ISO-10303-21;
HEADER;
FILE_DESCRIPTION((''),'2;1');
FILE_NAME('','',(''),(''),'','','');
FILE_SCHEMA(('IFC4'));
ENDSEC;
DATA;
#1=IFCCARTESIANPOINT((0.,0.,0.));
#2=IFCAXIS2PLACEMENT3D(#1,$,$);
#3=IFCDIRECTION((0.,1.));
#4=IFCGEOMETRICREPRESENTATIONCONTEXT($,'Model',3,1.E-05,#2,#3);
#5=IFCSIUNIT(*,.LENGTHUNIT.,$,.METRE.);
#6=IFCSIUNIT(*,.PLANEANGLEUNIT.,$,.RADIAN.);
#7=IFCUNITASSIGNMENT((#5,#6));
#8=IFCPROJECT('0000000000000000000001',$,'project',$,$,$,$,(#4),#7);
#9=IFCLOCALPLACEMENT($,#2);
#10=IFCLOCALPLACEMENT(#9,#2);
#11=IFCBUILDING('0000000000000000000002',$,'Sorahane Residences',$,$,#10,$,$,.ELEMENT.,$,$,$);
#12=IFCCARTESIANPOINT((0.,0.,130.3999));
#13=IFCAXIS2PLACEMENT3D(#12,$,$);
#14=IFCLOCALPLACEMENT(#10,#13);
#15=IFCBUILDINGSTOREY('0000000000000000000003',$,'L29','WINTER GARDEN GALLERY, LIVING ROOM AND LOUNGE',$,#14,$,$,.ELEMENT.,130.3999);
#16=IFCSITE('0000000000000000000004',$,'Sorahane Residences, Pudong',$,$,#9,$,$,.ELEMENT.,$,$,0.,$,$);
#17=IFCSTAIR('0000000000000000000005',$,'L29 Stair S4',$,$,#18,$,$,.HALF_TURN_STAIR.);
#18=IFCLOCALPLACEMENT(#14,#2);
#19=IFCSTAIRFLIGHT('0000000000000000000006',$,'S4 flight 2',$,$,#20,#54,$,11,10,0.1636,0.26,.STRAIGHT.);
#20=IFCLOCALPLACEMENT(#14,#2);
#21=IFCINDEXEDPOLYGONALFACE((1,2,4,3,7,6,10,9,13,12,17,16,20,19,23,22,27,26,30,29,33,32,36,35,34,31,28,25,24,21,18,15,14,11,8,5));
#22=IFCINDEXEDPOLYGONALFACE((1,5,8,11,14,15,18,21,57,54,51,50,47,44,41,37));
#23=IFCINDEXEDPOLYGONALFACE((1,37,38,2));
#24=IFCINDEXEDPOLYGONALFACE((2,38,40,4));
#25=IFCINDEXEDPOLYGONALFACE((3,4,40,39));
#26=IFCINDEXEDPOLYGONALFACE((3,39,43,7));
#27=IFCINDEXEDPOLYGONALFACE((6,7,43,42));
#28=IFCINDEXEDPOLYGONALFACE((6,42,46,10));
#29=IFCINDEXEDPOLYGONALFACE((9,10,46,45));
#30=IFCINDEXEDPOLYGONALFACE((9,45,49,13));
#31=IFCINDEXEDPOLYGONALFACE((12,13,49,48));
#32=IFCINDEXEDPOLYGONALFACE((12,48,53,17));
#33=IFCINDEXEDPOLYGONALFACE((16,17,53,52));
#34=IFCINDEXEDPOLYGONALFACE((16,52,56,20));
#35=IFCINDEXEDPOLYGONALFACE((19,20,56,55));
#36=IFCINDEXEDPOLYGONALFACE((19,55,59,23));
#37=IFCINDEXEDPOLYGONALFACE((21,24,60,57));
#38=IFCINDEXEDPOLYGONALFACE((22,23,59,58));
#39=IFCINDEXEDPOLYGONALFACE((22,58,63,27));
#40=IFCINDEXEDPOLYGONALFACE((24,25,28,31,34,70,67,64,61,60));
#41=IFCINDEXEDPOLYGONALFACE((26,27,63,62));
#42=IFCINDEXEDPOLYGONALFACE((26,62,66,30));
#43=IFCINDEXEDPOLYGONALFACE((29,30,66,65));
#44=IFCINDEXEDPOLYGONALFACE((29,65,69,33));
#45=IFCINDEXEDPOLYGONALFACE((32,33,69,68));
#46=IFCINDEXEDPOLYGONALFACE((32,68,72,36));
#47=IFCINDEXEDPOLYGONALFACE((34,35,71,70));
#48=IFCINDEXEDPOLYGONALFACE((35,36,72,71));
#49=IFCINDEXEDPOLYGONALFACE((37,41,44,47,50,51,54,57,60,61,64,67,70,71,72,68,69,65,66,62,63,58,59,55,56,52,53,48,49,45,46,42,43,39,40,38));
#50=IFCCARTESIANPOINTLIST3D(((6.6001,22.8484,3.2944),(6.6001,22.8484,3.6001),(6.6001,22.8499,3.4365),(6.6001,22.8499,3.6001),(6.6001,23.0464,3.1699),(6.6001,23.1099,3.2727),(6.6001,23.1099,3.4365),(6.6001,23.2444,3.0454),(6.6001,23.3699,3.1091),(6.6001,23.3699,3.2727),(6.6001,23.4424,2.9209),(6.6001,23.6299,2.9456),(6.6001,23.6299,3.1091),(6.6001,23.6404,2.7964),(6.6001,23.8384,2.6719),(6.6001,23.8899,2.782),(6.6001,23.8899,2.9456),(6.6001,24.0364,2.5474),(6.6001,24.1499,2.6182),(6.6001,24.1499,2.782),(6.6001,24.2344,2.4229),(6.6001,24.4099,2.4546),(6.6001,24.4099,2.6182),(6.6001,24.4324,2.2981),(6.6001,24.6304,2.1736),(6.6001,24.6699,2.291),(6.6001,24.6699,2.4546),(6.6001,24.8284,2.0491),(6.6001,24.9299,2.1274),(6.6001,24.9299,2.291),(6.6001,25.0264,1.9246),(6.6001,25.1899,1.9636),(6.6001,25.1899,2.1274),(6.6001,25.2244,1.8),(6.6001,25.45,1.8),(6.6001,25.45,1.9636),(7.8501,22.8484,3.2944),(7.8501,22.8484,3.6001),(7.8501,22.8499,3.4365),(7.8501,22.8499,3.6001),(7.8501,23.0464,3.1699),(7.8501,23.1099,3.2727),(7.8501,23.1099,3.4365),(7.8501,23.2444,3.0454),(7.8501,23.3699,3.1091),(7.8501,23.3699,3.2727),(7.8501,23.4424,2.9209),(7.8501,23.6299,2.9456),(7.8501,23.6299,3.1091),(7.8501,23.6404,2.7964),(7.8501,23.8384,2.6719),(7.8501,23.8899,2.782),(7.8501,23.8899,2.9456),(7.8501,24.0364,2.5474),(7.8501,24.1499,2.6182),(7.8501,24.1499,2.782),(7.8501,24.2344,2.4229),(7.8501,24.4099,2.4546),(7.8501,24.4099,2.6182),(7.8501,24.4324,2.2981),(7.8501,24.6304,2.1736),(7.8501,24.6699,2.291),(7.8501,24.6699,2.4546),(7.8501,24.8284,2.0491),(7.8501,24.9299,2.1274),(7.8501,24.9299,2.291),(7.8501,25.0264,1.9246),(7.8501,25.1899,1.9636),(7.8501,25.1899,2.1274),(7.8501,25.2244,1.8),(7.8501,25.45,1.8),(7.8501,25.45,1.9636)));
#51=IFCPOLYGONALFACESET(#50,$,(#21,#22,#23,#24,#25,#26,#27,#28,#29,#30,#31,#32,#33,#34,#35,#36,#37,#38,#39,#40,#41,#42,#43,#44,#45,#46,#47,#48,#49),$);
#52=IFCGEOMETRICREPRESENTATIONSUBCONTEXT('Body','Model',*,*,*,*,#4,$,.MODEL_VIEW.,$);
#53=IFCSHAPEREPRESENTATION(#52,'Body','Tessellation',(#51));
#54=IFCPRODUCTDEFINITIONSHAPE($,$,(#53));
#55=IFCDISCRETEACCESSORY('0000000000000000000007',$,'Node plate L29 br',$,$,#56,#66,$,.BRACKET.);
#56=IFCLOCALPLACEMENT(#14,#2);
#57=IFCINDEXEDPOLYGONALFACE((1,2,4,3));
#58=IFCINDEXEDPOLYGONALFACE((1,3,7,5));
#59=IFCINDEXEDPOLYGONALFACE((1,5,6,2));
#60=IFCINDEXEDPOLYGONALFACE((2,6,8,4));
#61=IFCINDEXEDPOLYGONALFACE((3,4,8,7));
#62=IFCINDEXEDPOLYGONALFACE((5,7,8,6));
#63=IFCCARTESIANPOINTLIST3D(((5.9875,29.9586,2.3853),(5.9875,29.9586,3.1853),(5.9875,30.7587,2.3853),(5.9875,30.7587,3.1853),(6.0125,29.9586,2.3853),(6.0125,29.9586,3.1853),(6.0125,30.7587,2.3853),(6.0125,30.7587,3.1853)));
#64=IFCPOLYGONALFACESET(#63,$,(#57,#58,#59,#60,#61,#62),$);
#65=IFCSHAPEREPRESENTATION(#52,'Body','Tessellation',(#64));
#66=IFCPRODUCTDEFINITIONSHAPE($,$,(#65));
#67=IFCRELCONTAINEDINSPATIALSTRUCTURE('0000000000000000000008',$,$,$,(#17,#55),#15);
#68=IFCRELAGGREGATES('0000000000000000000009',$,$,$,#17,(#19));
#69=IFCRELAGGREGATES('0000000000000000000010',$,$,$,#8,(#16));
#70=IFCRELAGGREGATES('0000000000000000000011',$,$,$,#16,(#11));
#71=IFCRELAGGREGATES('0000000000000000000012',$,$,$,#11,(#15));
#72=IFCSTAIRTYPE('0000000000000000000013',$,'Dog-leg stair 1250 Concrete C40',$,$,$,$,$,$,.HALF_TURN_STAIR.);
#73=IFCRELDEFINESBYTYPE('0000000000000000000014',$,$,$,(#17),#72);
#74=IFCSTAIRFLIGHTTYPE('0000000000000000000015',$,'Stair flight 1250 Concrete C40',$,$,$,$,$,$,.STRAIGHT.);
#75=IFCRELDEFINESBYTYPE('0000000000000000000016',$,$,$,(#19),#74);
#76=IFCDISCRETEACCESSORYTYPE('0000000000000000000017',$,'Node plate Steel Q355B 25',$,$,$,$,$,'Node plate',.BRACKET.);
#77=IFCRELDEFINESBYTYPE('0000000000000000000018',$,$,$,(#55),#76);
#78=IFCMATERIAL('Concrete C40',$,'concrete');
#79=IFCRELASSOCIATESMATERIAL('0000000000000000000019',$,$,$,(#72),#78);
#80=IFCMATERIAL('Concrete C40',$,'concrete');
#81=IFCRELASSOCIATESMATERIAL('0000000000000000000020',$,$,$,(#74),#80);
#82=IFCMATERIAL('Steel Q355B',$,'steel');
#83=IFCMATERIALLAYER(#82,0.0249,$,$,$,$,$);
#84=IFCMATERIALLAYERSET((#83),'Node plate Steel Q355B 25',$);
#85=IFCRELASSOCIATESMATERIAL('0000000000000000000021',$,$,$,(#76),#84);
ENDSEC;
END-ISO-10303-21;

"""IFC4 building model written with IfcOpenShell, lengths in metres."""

from ifc_helpers import new_model, si_unit, direction, frame, origin, origin_2d, place, context, subcontext, project, spatial, polyline, rectangle, outline, extrude, material, layer, layer_set, type_object, element, aggregate, save


model = new_model("IFC4")

# Units and contexts
model_context = context("Model", 3, precision=1e-05, world=origin(), true_north=direction((0.0, 1.0)))
body_context = subcontext(model_context, "Body", "Model", "MODEL_VIEW")
ifc_project = project(units=[si_unit("LENGTHUNIT", "METRE"), si_unit("PLANEANGLEUNIT", "RADIAN")], contexts=[model_context])

# Site, building, storey
site_placement = place(None, origin())
site = spatial("IfcSite", under=ifc_project, at=site_placement, Name="Sorahane Residences, Pudong", CompositionType="ELEMENT", RefElevation=0.0)
building_placement = place(site_placement, origin())
building = spatial("IfcBuilding", under=site, at=building_placement, Name="Sorahane Residences", CompositionType="ELEMENT")
storey_placement = place(building_placement, frame((0.0, 0.0, 130.3999)))
storey = spatial("IfcBuildingStorey", under=building, at=storey_placement, Name="L29", Description="WINTER GARDEN GALLERY, LIVING ROOM AND LOUNGE", CompositionType="ELEMENT", Elevation=130.3999)

# Stair, stair flight
ifc_material_1 = material(Name="Concrete C40", Category="concrete")
stair_type = type_object("IfcStairType", Name="Dog-leg stair 1250 Concrete C40", PredefinedType="HALF_TURN_STAIR", material=ifc_material_1)
stair_placement = place(storey_placement, origin())
stair = element("IfcStair", 1, at=stair_placement, inside=storey, type_object=stair_type, Name="L29 Stair S4", PredefinedType="HALF_TURN_STAIR")
ifc_material_2 = material(Name="Concrete C40", Category="concrete")
stair_flight_type = type_object("IfcStairFlightType", Name="Stair flight 1250 Concrete C40", PredefinedType="STRAIGHT", material=ifc_material_2)
stair_flight_placement = place(storey_placement, frame((7.2251, 25.45, 1.8), z_axis=(0.0, 0.0, 1.0), x_axis=(0.0, -1.0, 0.0)))
stair_flight = element("IfcStairFlight", 2, at=stair_flight_placement, type_object=stair_flight_type, Name="S4 flight 2", NumberOfRisers=11, NumberOfTreads=10, PredefinedType="STRAIGHT", RiserHeight=0.1636, TreadLength=0.26, context=body_context, shape_type="SweptSolid", body=[
    extrude(outline(polyline([(0.0, 0.0), (0.0, 0.1636), (0.26, 0.1636), (0.26, 0.3274), (0.52, 0.3274), (0.52, 0.491), (0.78, 0.491), (0.78, 0.6545), (1.04, 0.6545), (1.04, 0.8181), (1.3, 0.8181), (1.3, 0.9819), (1.5601, 0.9819), (1.5601, 1.1455), (1.8201, 1.1455), (1.8201, 1.3091), (2.0801, 1.3091), (2.0801, 1.4727), (2.3401, 1.4727), (2.3401, 1.6365), (2.6001, 1.6365), (2.6001, 1.8), (2.6016, 1.8), (2.6016, 1.4944), (2.4036, 1.3699), (2.2056, 1.2454), (2.0076, 1.1208), (1.8096, 0.9963), (1.6116, 0.8718), (1.4136, 0.7473), (1.2156, 0.6228), (1.0176, 0.498), (0.8196, 0.3735), (0.6216, 0.249), (0.4236, 0.1245), (0.2256, 0.0), (0.0, 0.0)])), frame((0.0, 0.625, 0.0), z_axis=(0.0, -1.0, 0.0), x_axis=(1.0, 0.0, 0.0)), (0.0, 0.0, 1.0), 1.25),
])
aggregate(stair, [stair_flight])

# Discrete accessory
ifc_material_3 = material(Name="Steel Q355B", Category="steel")
ifc_layer_1 = layer(ifc_material_3, 0.0249)
ifc_layer_set_1 = layer_set([ifc_layer_1], Name="Node plate Steel Q355B 25")
discrete_accessory_type = type_object("IfcDiscreteAccessoryType", Name="Node plate Steel Q355B 25", ElementType="Node plate", PredefinedType="BRACKET", material=ifc_layer_set_1)
discrete_accessory_placement = place(storey_placement, frame((6.0, 30.3586, 2.3853), z_axis=(0.0, 0.0, 1.0), x_axis=(0.0, 1.0, 0.0)))
element("IfcDiscreteAccessory", 3, at=discrete_accessory_placement, inside=storey, type_object=discrete_accessory_type, Name="Node plate L29 br", PredefinedType="BRACKET", context=body_context, shape_type="SweptSolid", body=[
    extrude(rectangle(XDim=0.8, YDim=0.0249, at=origin_2d()), origin(), (0.0, 0.0, 1.0), 0.8),
])

save(model, "model.ifc")
